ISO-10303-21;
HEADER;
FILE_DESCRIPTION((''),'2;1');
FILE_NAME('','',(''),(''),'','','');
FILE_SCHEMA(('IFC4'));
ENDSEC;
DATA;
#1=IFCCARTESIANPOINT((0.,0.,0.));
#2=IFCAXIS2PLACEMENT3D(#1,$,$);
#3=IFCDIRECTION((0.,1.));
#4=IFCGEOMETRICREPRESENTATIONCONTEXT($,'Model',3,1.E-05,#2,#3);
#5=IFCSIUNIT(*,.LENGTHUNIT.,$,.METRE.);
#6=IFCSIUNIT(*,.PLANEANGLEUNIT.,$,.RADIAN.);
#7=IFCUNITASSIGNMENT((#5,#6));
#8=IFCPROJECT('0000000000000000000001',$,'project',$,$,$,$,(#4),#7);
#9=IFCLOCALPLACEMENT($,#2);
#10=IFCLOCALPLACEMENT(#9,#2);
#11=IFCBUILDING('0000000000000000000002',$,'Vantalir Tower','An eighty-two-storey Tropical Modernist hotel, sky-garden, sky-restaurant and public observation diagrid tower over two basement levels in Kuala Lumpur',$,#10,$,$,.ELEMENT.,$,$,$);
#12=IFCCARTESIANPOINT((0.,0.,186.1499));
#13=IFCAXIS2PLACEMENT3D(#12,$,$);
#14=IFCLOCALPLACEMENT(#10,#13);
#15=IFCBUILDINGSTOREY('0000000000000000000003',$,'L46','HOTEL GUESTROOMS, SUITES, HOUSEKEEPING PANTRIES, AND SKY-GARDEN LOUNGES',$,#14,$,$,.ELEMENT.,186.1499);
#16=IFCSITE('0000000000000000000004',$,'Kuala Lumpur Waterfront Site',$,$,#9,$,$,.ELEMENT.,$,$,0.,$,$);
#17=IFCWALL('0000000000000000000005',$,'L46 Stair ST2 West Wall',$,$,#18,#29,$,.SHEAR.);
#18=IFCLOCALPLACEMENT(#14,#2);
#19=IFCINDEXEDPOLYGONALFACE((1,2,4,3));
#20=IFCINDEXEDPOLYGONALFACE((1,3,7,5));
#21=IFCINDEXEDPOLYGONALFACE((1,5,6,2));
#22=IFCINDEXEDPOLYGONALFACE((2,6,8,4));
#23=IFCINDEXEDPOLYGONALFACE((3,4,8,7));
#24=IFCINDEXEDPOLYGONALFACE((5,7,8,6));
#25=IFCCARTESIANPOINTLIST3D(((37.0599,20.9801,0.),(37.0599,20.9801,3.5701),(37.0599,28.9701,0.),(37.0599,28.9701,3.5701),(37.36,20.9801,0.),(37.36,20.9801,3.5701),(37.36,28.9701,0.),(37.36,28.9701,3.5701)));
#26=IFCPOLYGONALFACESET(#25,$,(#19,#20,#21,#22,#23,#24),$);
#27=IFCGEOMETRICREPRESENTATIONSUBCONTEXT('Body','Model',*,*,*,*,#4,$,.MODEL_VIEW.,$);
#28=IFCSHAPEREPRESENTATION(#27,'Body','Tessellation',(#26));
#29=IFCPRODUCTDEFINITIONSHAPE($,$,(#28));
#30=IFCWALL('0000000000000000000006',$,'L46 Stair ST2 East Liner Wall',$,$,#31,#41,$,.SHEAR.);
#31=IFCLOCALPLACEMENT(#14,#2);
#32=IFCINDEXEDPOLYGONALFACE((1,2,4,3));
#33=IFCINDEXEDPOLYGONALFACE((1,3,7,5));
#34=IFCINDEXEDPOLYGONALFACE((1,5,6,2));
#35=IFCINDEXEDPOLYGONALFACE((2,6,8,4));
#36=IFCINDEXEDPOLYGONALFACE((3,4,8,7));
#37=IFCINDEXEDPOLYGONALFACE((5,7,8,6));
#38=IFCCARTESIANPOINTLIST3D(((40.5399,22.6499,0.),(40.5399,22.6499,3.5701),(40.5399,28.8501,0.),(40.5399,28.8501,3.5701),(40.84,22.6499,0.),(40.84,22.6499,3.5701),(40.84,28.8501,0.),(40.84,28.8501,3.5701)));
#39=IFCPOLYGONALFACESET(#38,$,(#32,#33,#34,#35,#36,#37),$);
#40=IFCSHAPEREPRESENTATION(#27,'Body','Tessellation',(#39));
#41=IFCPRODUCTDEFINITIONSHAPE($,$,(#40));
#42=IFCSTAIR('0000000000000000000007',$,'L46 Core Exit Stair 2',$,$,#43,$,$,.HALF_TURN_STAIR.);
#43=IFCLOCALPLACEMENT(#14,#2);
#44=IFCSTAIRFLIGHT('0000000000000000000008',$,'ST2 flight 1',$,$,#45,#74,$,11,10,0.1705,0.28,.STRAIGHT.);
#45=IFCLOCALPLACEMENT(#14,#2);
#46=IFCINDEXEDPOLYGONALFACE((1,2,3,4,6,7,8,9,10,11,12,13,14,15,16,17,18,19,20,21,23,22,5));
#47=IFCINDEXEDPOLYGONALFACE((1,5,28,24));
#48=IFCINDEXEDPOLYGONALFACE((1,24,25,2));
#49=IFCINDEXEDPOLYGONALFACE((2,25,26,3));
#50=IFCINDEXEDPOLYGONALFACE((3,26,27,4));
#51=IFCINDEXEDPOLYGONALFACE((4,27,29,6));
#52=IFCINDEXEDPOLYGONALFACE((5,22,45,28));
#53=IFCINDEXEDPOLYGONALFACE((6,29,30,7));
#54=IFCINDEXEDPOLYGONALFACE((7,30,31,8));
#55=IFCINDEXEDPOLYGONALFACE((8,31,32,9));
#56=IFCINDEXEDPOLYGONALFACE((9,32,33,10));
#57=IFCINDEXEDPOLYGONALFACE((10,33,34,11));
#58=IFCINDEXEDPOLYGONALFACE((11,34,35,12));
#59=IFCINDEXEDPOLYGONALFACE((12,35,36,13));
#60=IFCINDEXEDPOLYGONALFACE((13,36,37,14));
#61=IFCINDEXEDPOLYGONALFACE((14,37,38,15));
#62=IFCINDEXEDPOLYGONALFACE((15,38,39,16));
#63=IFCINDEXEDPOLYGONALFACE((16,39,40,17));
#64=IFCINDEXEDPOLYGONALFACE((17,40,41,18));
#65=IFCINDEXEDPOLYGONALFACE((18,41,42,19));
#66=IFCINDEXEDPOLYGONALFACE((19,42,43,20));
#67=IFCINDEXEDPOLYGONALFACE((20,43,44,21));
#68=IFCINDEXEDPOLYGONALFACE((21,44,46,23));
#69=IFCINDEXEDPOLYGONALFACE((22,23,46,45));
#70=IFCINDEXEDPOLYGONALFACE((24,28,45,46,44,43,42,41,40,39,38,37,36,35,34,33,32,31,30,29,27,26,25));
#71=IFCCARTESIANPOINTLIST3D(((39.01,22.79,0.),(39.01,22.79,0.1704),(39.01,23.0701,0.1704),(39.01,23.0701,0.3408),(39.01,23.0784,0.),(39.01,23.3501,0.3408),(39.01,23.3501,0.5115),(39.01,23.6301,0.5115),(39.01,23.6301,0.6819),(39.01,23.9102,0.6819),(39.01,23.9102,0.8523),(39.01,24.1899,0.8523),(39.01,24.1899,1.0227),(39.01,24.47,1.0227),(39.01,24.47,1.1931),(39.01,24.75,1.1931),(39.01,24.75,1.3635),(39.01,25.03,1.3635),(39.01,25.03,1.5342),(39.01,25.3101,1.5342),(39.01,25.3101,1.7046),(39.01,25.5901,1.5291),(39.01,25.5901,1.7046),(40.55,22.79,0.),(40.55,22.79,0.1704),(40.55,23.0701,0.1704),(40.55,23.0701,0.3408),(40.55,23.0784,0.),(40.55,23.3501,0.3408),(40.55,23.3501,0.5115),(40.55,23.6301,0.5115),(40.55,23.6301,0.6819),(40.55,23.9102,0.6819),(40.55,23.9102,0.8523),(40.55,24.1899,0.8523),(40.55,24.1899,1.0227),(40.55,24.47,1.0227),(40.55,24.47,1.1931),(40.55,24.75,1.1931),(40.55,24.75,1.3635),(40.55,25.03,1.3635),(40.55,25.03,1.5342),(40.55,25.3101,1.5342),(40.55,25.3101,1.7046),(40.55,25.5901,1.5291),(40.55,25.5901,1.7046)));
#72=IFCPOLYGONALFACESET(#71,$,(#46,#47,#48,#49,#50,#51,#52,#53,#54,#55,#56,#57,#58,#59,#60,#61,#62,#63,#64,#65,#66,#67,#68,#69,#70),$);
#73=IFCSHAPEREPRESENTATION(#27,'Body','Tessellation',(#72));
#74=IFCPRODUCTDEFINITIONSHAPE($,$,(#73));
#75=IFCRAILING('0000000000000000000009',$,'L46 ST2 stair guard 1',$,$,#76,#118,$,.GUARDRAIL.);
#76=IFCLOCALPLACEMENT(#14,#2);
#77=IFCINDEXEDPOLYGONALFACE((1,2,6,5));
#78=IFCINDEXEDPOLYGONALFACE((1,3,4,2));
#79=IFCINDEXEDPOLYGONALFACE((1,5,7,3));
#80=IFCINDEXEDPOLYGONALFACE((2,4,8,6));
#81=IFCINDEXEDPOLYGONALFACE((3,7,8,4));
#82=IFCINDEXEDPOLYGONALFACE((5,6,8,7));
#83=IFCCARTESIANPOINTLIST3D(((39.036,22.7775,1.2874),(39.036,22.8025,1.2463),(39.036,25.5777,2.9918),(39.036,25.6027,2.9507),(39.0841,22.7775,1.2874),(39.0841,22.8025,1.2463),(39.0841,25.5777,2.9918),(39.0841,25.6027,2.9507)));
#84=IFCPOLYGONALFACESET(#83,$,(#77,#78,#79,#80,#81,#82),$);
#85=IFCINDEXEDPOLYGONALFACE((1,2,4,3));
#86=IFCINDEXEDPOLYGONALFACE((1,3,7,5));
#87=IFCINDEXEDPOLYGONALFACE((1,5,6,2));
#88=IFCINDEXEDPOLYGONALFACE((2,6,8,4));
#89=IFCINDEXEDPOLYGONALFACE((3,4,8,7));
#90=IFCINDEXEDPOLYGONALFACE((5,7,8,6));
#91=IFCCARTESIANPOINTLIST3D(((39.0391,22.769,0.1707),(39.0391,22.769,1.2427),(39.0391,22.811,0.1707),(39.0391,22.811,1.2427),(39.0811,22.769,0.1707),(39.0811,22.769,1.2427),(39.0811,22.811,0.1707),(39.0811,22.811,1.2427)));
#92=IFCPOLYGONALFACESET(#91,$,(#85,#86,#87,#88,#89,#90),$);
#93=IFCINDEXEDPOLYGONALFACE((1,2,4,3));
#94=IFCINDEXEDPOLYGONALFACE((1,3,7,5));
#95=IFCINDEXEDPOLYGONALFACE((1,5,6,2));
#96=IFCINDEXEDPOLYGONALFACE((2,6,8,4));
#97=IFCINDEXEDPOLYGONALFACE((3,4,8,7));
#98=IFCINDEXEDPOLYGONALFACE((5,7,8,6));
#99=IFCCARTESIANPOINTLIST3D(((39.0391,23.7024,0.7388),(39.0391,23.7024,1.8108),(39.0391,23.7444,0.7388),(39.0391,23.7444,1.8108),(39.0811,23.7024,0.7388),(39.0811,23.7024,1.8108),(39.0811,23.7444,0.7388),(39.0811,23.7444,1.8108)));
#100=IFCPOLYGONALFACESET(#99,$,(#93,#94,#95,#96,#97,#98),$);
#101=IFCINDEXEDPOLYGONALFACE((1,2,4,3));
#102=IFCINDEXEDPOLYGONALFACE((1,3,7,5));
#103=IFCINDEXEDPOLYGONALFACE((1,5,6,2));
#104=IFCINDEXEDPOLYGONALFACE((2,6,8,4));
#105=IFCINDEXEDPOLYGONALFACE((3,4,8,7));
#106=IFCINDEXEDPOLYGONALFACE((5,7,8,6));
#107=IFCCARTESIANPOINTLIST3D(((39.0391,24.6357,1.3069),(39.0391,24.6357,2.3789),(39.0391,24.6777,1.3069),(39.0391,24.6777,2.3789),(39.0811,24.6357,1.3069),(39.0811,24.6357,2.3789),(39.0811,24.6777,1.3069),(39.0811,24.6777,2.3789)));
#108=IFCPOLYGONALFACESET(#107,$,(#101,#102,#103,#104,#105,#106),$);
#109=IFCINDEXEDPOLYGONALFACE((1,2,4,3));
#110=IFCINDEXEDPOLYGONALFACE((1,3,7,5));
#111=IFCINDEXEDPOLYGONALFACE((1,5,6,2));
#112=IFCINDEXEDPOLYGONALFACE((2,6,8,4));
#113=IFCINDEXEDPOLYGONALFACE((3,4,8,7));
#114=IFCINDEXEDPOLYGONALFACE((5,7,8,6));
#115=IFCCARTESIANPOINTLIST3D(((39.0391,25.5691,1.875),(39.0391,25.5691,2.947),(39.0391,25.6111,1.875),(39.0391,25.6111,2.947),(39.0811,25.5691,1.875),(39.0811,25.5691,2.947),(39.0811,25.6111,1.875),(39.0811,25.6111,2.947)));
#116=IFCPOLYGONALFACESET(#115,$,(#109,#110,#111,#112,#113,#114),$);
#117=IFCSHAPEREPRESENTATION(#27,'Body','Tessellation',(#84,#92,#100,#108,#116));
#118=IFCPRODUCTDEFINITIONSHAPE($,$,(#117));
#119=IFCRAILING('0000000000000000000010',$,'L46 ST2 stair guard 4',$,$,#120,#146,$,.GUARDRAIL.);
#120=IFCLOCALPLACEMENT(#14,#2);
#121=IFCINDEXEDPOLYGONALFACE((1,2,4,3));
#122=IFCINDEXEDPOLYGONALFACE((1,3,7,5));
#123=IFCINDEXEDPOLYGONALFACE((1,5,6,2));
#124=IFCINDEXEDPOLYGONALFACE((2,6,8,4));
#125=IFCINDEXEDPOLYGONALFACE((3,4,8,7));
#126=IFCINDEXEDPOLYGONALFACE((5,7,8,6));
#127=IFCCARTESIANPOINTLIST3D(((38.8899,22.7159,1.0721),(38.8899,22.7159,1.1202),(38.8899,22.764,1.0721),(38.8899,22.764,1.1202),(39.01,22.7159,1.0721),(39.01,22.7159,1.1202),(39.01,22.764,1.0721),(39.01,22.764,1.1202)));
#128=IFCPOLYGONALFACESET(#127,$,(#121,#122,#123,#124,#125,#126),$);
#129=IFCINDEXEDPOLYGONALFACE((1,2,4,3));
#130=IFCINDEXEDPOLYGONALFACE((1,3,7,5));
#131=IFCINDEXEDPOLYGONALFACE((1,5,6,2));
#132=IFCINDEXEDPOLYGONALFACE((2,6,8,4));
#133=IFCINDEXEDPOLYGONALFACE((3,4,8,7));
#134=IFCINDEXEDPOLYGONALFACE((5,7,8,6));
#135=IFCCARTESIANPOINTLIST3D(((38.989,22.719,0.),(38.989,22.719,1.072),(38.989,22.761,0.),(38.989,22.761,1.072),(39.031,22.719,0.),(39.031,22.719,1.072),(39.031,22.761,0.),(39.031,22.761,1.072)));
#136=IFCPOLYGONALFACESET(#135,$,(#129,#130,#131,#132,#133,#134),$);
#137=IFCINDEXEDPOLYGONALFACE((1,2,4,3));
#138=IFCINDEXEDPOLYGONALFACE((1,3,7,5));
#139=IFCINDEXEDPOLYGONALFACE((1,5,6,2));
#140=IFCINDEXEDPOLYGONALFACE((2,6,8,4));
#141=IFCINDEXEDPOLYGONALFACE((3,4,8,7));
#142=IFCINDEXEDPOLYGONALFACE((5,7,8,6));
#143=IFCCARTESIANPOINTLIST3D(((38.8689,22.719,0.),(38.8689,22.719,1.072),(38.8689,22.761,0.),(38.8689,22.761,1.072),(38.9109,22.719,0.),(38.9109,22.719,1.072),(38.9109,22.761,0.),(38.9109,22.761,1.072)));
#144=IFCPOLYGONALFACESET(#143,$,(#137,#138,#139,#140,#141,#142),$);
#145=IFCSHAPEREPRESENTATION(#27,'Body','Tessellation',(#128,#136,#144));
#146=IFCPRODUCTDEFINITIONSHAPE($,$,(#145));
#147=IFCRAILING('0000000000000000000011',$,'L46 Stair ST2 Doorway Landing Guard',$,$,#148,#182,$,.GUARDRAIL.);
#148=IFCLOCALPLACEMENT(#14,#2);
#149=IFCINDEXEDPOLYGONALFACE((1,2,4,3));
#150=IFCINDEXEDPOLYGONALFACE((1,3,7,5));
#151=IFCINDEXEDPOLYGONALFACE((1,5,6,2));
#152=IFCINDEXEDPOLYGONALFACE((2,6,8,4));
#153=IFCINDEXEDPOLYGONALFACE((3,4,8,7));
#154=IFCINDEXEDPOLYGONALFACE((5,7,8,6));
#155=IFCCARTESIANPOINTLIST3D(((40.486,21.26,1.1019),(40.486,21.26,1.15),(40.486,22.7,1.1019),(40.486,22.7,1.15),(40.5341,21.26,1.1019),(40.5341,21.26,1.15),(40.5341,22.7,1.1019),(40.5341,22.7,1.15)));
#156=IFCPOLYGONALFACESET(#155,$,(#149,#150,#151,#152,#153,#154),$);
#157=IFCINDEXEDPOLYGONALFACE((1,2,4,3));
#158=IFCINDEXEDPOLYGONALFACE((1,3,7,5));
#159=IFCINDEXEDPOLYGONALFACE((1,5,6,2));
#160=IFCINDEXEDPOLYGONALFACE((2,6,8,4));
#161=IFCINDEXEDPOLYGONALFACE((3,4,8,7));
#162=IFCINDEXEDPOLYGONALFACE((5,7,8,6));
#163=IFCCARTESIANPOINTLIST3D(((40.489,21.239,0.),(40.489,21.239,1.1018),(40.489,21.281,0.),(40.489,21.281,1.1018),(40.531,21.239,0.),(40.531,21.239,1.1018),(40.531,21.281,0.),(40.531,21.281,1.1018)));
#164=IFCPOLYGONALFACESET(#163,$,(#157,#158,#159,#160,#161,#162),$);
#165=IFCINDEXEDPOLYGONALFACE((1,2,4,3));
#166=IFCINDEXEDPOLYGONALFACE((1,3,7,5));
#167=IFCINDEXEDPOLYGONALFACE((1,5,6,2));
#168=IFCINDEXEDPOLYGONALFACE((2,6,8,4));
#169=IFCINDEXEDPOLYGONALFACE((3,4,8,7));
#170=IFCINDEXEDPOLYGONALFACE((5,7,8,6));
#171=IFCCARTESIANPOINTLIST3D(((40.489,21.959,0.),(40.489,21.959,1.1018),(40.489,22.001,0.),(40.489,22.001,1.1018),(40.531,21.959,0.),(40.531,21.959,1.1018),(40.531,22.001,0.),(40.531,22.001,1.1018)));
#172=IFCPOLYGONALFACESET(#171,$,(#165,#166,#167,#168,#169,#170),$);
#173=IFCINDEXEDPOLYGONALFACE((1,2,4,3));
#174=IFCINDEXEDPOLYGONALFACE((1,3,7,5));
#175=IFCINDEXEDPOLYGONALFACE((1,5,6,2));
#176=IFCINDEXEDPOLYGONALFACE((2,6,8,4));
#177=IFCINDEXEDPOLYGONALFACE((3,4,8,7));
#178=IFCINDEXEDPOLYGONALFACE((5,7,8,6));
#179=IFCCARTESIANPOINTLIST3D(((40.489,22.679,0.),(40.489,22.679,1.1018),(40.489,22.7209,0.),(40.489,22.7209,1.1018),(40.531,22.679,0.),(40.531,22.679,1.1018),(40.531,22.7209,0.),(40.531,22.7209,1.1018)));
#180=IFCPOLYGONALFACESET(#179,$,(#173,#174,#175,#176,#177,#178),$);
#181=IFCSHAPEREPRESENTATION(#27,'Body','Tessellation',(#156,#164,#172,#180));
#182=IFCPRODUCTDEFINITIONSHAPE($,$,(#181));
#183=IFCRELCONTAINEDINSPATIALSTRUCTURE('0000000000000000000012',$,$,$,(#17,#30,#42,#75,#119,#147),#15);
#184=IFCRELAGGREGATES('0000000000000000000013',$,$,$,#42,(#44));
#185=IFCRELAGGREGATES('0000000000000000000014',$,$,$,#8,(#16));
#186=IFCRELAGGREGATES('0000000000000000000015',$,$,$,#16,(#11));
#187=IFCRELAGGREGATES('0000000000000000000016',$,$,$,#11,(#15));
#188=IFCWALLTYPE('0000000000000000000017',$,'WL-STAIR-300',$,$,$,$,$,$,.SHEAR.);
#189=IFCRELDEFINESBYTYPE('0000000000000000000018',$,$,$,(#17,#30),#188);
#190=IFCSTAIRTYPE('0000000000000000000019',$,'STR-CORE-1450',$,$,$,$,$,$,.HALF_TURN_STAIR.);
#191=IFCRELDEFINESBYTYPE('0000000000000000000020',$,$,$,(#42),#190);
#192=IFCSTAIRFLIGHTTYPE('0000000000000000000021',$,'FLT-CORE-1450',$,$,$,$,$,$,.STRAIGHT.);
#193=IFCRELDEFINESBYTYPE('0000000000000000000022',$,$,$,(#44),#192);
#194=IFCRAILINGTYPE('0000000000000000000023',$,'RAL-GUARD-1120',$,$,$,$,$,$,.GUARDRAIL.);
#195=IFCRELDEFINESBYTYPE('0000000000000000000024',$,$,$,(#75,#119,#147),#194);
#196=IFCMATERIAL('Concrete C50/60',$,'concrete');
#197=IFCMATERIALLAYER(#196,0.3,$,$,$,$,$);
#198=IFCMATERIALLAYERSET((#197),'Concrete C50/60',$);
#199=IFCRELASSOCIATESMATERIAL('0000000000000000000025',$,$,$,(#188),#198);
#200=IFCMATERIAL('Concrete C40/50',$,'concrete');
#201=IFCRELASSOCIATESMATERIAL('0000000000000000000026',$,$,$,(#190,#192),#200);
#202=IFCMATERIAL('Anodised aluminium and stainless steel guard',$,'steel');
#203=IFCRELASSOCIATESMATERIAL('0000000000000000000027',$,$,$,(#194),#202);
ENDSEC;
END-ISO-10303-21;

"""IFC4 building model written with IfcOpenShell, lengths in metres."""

from ifc_helpers import new_model, si_unit, direction, frame, frame_2d, origin, origin_2d, place, context, subcontext, project, spatial, polyline, rectangle, outline, extrude, material, layer, layer_set, type_object, element, aggregate, save


model = new_model("IFC4")

# Units and contexts
model_context = context("Model", 3, precision=1e-05, world=origin(), true_north=direction((0.0, 1.0)))
body_context = subcontext(model_context, "Body", "Model", "MODEL_VIEW")
ifc_project = project(units=[si_unit("LENGTHUNIT", "METRE"), si_unit("PLANEANGLEUNIT", "RADIAN")], contexts=[model_context])

# Site, building, storey
site_placement = place(None, origin())
site = spatial("IfcSite", under=ifc_project, at=site_placement, Name="Kuala Lumpur Waterfront Site", CompositionType="ELEMENT", RefElevation=0.0)
building_placement = place(site_placement, origin())
building = spatial("IfcBuilding", under=site, at=building_placement, Name="Vantalir Tower", Description="An eighty-two-storey Tropical Modernist hotel, sky-garden, sky-restaurant and public observation diagrid tower over two basement levels in Kuala Lumpur", CompositionType="ELEMENT")
storey_placement = place(building_placement, frame((0.0, 0.0, 186.1499)))
storey = spatial("IfcBuildingStorey", under=building, at=storey_placement, Name="L46", Description="HOTEL GUESTROOMS, SUITES, HOUSEKEEPING PANTRIES, AND SKY-GARDEN LOUNGES", CompositionType="ELEMENT", Elevation=186.1499)

# Shared definitions
ifc_material_1 = material(Name="Concrete C50/60", Category="concrete")

# Walls
ifc_layer_1 = layer(ifc_material_1, 0.3)
ifc_layer_set_1 = layer_set([ifc_layer_1], Name="Concrete C50/60")
wall_type_1 = type_object("IfcWallType", Name="WL-STAIR-300", PredefinedType="SHEAR", material=ifc_layer_set_1)
wall_1_placement = place(storey_placement, frame((37.21, 20.98, 0.0), z_axis=(0.0, 0.0, 1.0), x_axis=(0.0, 1.0, 0.0)))
element("IfcWall", 1, at=wall_1_placement, inside=storey, type_object=wall_type_1, Name="L46 Stair ST2 West Wall", PredefinedType="SHEAR", context=body_context, shape_type="SweptSolid", body=[
    extrude(rectangle(XDim=7.99, YDim=0.3, at=frame_2d((3.9951, 0.0))), origin(), (0.0, 0.0, 1.0), 3.5701),
])
wall_2_placement = place(storey_placement, frame((40.6899, 22.6499, 0.0), z_axis=(0.0, 0.0, 1.0), x_axis=(0.0, 1.0, 0.0)))
element("IfcWall", 2, at=wall_2_placement, inside=storey, type_object=wall_type_1, Name="L46 Stair ST2 East Liner Wall", PredefinedType="SHEAR", context=body_context, shape_type="SweptSolid", body=[
    extrude(rectangle(XDim=6.2002, YDim=0.3, at=frame_2d((3.1001, 0.0))), origin(), (0.0, 0.0, 1.0), 3.5701),
])

# Stair, stair flight
ifc_material_2 = material(Name="Concrete C40/50", Category="concrete")
stair_type = type_object("IfcStairType", Name="STR-CORE-1450", PredefinedType="HALF_TURN_STAIR", material=ifc_material_2)
stair_placement = place(storey_placement, origin())
stair = element("IfcStair", 3, at=stair_placement, inside=storey, type_object=stair_type, Name="L46 Core Exit Stair 2", PredefinedType="HALF_TURN_STAIR")
stair_flight_type = type_object("IfcStairFlightType", Name="FLT-CORE-1450", PredefinedType="STRAIGHT", material=ifc_material_2)
stair_flight_placement = place(storey_placement, frame((39.78, 22.79, 0.0), z_axis=(0.0, 0.0, 1.0), x_axis=(0.0, 1.0, 0.0)))
stair_flight = element("IfcStairFlight", 4, at=stair_flight_placement, type_object=stair_flight_type, Name="ST2 flight 1", NumberOfRisers=11, NumberOfTreads=10, PredefinedType="STRAIGHT", RiserHeight=0.1705, TreadLength=0.28, context=body_context, shape_type="SweptSolid", body=[
    extrude(outline(polyline([(0.0, 0.0), (0.0, 0.1704), (0.28, 0.1704), (0.28, 0.3408), (0.5601, 0.3408), (0.5601, 0.5115), (0.8401, 0.5115), (0.8401, 0.6819), (1.1201, 0.6819), (1.1201, 0.8523), (1.3999, 0.8523), (1.3999, 1.0227), (1.6799, 1.0227), (1.6799, 1.1931), (1.96, 1.1931), (1.96, 1.3635), (2.24, 1.3635), (2.24, 1.5342), (2.52, 1.5342), (2.52, 1.7046), (2.8, 1.7046), (2.8, 1.875), (2.8, 1.5291), (0.2883, 0.0), (0.0, 0.0)])), frame((0.0, 0.77, 0.0), z_axis=(0.0, -1.0, 0.0), x_axis=(1.0, 0.0, 0.0)), (0.0, 0.0, 1.0), 1.54),
])
aggregate(stair, [stair_flight])

# Railings
ifc_material_3 = material(Name="Anodised aluminium and stainless steel guard", Category="steel")
railing_type_1 = type_object("IfcRailingType", Name="RAL-GUARD-1120", PredefinedType="GUARDRAIL", material=ifc_material_3)
railing_1_placement = place(storey_placement, frame((39.0601, 22.79, 0.1707)))
element("IfcRailing", 5, at=railing_1_placement, inside=storey, type_object=railing_type_1, Name="L46 ST2 stair guard 1", PredefinedType="GUARDRAIL", context=body_context, shape_type="SweptSolid", body=[
    extrude(rectangle(XDim=0.0481, YDim=0.0481, at=origin_2d()), frame((0.0, 0.0, 1.0962), z_axis=(0.0, 0.854203, 0.51994), x_axis=(-1.0, 0.0, 0.0)), (0.0, 0.0, 1.0), 3.2781),
    extrude(rectangle(XDim=0.042, YDim=0.042, at=origin_2d()), origin(), (0.0, 0.0, 1.0), 1.072),
    extrude(rectangle(XDim=0.042, YDim=0.042, at=origin_2d()), frame((0.0, 0.9333, 0.5681)), (0.0, 0.0, 1.0), 1.072),
    extrude(rectangle(XDim=0.042, YDim=0.042, at=origin_2d()), frame((0.0, 1.8667, 1.1362)), (0.0, 0.0, 1.0), 1.072),
    extrude(rectangle(XDim=0.042, YDim=0.042, at=origin_2d()), frame((0.0, 2.8, 1.7043)), (0.0, 0.0, 1.0), 1.072),
])
railing_2_placement = place(storey_placement, frame((39.01, 22.74, 0.0)))
element("IfcRailing", 6, at=railing_2_placement, inside=storey, type_object=railing_type_1, Name="L46 ST2 stair guard 4", PredefinedType="GUARDRAIL", context=body_context, shape_type="SweptSolid", body=[
    extrude(rectangle(XDim=0.0481, YDim=0.0481, at=origin_2d()), frame((0.0, 0.0, 1.0962), z_axis=(-1.0, 0.0, 0.0), x_axis=(0.0, -1.0, 0.0)), (0.0, 0.0, 1.0), 0.1201),
    extrude(rectangle(XDim=0.042, YDim=0.042, at=origin_2d()), origin(), (0.0, 0.0, 1.0), 1.072),
    extrude(rectangle(XDim=0.042, YDim=0.042, at=origin_2d()), frame((-0.1201, 0.0, 0.0)), (0.0, 0.0, 1.0), 1.072),
])
railing_3_placement = place(storey_placement, frame((40.51, 21.26, 0.0)))
element("IfcRailing", 7, at=railing_3_placement, inside=storey, type_object=railing_type_1, Name="L46 Stair ST2 Doorway Landing Guard", PredefinedType="GUARDRAIL", context=body_context, shape_type="SweptSolid", body=[
    extrude(rectangle(XDim=0.0481, YDim=0.0481, at=origin_2d()), frame((0.0, 0.0, 1.126), z_axis=(0.0, 1.0, 0.0), x_axis=(-1.0, 0.0, 0.0)), (0.0, 0.0, 1.0), 1.4399),
    extrude(rectangle(XDim=0.042, YDim=0.042, at=origin_2d()), origin(), (0.0, 0.0, 1.0), 1.1018),
    extrude(rectangle(XDim=0.042, YDim=0.042, at=origin_2d()), frame((0.0, 0.72, 0.0)), (0.0, 0.0, 1.0), 1.1018),
    extrude(rectangle(XDim=0.042, YDim=0.042, at=origin_2d()), frame((0.0, 1.4399, 0.0)), (0.0, 0.0, 1.0), 1.1018),
])

save(model, "model.ifc")
